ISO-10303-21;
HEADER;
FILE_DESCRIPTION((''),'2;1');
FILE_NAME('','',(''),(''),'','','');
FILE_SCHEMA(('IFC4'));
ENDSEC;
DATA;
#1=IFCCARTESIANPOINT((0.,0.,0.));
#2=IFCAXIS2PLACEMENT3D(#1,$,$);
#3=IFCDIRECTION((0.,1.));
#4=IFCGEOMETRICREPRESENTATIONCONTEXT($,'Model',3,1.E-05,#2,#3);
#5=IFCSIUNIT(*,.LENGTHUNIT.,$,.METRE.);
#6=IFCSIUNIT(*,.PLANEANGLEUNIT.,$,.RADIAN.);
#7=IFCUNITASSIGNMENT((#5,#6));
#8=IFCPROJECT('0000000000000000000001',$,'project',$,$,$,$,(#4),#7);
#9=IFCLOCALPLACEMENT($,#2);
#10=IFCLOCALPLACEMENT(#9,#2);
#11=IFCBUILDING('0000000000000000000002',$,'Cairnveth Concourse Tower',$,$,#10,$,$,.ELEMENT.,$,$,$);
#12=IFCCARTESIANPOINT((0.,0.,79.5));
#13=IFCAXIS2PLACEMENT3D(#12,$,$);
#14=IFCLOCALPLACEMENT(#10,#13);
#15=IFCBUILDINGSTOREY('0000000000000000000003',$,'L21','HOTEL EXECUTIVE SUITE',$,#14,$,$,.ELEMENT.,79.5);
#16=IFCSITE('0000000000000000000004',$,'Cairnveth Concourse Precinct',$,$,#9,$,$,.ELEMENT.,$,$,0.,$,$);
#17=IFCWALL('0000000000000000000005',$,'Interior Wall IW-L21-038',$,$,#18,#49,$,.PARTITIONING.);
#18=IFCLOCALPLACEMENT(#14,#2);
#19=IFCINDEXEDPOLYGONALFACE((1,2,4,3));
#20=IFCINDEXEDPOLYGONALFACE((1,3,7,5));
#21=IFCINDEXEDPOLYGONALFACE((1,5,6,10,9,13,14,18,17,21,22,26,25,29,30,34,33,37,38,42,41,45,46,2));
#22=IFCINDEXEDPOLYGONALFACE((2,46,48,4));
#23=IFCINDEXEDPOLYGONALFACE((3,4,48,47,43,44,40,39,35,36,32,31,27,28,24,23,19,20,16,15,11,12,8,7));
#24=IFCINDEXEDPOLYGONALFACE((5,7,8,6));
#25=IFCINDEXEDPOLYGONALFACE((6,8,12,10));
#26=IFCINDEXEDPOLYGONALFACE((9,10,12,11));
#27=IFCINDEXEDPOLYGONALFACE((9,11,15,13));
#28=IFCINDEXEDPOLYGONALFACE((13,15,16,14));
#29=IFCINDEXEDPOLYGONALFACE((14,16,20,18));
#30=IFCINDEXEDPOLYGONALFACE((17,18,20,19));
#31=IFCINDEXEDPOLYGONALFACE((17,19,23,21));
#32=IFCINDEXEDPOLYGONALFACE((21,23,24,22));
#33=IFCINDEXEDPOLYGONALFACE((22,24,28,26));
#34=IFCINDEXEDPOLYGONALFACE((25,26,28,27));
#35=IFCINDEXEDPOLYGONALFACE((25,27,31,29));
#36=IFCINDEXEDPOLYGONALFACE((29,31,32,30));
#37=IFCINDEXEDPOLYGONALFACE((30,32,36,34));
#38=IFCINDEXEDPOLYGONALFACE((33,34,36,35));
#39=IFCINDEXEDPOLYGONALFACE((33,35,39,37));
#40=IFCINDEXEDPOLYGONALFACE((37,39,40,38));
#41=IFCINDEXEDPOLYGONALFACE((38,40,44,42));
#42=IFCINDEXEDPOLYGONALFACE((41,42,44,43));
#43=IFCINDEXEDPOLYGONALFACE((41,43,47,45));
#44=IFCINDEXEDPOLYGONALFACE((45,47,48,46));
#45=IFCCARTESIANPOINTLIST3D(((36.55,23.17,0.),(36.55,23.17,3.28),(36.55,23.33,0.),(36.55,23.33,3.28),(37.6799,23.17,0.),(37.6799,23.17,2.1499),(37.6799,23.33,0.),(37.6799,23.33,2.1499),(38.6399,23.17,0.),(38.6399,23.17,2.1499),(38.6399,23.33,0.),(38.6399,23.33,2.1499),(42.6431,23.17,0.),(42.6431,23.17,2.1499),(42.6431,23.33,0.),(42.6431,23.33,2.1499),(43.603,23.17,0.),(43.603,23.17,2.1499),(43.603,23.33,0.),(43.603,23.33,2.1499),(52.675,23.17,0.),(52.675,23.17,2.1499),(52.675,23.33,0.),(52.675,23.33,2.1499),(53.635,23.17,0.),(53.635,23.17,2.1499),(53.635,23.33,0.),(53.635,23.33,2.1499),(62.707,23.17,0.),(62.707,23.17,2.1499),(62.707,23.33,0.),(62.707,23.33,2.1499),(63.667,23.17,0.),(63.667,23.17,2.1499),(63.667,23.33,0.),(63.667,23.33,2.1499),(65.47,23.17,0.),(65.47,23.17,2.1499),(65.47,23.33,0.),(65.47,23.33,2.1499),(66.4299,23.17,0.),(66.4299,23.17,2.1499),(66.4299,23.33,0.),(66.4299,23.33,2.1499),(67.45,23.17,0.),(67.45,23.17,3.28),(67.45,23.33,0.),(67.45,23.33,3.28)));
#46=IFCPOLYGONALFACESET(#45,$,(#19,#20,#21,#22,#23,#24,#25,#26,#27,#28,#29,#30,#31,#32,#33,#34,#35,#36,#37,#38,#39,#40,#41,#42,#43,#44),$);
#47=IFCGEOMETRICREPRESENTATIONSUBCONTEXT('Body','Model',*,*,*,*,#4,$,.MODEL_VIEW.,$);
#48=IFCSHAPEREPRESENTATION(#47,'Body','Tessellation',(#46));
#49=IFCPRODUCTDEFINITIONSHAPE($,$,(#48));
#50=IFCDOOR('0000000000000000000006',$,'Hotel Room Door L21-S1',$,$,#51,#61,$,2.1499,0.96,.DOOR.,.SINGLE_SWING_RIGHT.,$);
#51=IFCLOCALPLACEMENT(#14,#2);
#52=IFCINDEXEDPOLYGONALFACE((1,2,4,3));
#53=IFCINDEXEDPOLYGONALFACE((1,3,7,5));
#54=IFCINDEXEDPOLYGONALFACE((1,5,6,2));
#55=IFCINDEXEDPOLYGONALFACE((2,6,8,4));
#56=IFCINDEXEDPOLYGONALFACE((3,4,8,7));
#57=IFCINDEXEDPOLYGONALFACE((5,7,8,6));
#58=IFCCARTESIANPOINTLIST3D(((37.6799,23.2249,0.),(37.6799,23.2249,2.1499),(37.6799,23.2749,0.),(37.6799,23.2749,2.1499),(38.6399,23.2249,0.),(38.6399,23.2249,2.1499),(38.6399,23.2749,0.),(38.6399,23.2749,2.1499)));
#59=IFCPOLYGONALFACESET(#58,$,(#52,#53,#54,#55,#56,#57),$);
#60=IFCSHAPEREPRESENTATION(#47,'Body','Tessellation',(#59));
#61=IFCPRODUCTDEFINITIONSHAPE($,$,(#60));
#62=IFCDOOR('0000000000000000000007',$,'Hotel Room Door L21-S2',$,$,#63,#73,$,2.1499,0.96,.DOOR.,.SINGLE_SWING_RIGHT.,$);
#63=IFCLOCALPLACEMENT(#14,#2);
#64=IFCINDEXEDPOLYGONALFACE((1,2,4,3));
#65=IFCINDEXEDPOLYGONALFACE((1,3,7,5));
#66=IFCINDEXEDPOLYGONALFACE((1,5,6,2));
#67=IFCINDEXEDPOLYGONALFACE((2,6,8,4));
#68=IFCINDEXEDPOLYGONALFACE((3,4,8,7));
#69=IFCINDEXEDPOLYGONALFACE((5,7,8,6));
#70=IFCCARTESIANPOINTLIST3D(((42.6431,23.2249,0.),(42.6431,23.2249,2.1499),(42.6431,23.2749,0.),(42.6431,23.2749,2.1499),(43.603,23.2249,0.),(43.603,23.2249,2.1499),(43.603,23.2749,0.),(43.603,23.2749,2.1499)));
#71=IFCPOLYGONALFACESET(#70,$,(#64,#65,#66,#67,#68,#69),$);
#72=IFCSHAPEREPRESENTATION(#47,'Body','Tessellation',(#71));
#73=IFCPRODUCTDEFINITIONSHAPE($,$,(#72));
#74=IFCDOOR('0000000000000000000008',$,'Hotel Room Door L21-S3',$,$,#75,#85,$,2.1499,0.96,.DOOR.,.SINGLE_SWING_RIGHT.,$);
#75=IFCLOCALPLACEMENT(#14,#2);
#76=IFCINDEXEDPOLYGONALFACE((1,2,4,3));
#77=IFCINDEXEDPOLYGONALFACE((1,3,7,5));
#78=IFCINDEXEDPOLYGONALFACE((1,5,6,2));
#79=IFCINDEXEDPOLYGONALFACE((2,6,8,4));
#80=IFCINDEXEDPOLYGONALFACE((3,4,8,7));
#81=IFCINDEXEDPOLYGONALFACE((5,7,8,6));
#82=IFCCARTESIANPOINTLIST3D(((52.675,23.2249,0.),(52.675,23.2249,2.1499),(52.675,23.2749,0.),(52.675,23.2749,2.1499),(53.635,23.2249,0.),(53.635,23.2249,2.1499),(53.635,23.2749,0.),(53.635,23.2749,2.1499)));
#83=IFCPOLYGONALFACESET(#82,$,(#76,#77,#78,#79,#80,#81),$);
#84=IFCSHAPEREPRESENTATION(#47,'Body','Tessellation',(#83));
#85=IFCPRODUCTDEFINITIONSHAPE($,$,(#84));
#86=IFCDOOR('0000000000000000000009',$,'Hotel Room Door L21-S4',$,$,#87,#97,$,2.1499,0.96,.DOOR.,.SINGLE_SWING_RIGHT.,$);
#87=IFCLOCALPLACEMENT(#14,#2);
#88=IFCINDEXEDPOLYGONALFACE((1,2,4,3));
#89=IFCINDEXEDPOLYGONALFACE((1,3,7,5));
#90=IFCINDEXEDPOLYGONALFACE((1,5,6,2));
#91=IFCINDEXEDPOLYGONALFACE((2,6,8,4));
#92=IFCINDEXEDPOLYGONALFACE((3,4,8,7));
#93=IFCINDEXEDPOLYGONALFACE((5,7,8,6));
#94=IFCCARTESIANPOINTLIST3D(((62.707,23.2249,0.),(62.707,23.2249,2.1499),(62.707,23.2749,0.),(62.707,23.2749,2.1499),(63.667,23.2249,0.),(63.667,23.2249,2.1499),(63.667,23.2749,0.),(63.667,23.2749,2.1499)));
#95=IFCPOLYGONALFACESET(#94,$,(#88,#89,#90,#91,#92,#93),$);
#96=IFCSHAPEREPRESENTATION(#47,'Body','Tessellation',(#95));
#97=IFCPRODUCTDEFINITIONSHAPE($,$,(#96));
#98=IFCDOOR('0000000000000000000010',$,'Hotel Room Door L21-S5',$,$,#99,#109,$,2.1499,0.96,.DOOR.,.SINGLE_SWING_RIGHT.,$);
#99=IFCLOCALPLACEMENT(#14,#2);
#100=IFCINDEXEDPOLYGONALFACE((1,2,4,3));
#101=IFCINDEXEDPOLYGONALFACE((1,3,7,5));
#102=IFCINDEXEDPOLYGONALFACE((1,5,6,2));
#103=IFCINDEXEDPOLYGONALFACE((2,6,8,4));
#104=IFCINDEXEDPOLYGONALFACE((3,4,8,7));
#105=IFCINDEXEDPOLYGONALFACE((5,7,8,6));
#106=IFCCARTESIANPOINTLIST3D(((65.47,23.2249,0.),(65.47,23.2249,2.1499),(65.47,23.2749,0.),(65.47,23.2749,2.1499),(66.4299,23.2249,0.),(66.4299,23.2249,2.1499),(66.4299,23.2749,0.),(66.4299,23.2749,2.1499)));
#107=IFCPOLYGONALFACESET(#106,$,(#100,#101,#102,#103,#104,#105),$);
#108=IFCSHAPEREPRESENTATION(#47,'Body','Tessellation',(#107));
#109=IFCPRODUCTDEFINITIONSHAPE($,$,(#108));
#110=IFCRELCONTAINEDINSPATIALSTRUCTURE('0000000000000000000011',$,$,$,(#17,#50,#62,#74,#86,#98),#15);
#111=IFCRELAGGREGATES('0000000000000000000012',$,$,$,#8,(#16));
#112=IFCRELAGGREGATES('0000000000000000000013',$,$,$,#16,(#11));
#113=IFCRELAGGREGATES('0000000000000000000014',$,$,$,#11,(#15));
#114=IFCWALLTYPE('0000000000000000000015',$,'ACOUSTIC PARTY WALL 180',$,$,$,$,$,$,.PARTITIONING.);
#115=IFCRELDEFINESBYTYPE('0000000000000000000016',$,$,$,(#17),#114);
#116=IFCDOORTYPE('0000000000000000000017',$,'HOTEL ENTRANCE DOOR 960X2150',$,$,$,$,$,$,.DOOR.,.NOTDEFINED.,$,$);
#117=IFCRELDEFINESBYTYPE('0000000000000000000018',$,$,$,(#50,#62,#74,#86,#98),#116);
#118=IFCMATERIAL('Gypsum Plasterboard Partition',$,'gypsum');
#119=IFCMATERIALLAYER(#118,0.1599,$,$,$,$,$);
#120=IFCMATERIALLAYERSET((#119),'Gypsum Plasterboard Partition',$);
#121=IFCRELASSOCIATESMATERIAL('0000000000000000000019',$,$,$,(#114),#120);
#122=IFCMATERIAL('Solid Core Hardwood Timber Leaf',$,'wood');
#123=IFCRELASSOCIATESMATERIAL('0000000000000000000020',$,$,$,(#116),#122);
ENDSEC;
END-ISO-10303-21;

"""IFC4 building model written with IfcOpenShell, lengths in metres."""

from ifc_helpers import new_model, si_unit, direction, frame, frame_2d, origin, place, context, subcontext, project, spatial, rectangle, extrude, material, layer, layer_set, type_object, element, fill, save


model = new_model("IFC4")

# Units and contexts
model_context = context("Model", 3, precision=1e-05, world=origin(), true_north=direction((0.0, 1.0)))
body_context = subcontext(model_context, "Body", "Model", "MODEL_VIEW")
ifc_project = project(units=[si_unit("LENGTHUNIT", "METRE"), si_unit("PLANEANGLEUNIT", "RADIAN")], contexts=[model_context])

# Site, building, storey
site_placement = place(None, origin())
site = spatial("IfcSite", under=ifc_project, at=site_placement, Name="Cairnveth Concourse Precinct", CompositionType="ELEMENT", RefElevation=0.0)
building_placement = place(site_placement, origin())
building = spatial("IfcBuilding", under=site, at=building_placement, Name="Cairnveth Concourse Tower", CompositionType="ELEMENT")
storey_placement = place(building_placement, frame((0.0, 0.0, 79.5)))
storey = spatial("IfcBuildingStorey", under=building, at=storey_placement, Name="L21", Description="HOTEL EXECUTIVE SUITE", CompositionType="ELEMENT", Elevation=79.5)

# Wall, openings, doors
ifc_material_1 = material(Name="Gypsum Plasterboard Partition", Category="gypsum")
ifc_layer_1 = layer(ifc_material_1, 0.1599)
ifc_layer_set_1 = layer_set([ifc_layer_1], Name="Gypsum Plasterboard Partition")
wall_type_1 = type_object("IfcWallType", Name="ACOUSTIC PARTY WALL 180", PredefinedType="PARTITIONING", material=ifc_layer_set_1)
wall_1_placement = place(storey_placement, frame((36.55, 23.25, 0.0), z_axis=(0.0, 0.0, 1.0), x_axis=(1.0, 0.0, 0.0)))
wall_1 = element("IfcWall", 1, at=wall_1_placement, inside=storey, type_object=wall_type_1, Name="Interior Wall IW-L21-038", PredefinedType="PARTITIONING", context=body_context, shape_type="SweptSolid", body=[
    extrude(rectangle(XDim=30.8999, YDim=0.1599, at=frame_2d((15.45, 0.0))), origin(), (0.0, 0.0, 1.0), 3.28),
])
opening_1_placement = place(wall_1_placement, frame((1.1299, 0.0, 0.0)))
opening_1 = element("IfcOpeningElement", 2, at=opening_1_placement, cuts=wall_1, PredefinedType="OPENING", context=body_context, shape_type="SweptSolid", body=[
    extrude(rectangle(XDim=0.96, YDim=2.1499, at=frame_2d((0.48, 1.075))), frame((0.0, 0.0898, 0.0), z_axis=(0.0, -1.0, 0.0), x_axis=(1.0, 0.0, 0.0)), (0.0, 0.0, 1.0), 0.1799),
])
opening_2_placement = place(wall_1_placement, frame((6.093, 0.0, 0.0)))
opening_2 = element("IfcOpeningElement", 3, at=opening_2_placement, cuts=wall_1, PredefinedType="OPENING", context=body_context, shape_type="SweptSolid", body=[
    extrude(rectangle(XDim=0.96, YDim=2.1499, at=frame_2d((0.48, 1.075))), frame((0.0, 0.0898, 0.0), z_axis=(0.0, -1.0, 0.0), x_axis=(1.0, 0.0, 0.0)), (0.0, 0.0, 1.0), 0.1799),
])
opening_3_placement = place(wall_1_placement, frame((16.125, 0.0, 0.0)))
opening_3 = element("IfcOpeningElement", 4, at=opening_3_placement, cuts=wall_1, PredefinedType="OPENING", context=body_context, shape_type="SweptSolid", body=[
    extrude(rectangle(XDim=0.96, YDim=2.1499, at=frame_2d((0.48, 1.075))), frame((0.0, 0.0898, 0.0), z_axis=(0.0, -1.0, 0.0), x_axis=(1.0, 0.0, 0.0)), (0.0, 0.0, 1.0), 0.1799),
])
opening_4_placement = place(wall_1_placement, frame((26.157, 0.0, 0.0)))
opening_4 = element("IfcOpeningElement", 5, at=opening_4_placement, cuts=wall_1, PredefinedType="OPENING", context=body_context, shape_type="SweptSolid", body=[
    extrude(rectangle(XDim=0.96, YDim=2.1499, at=frame_2d((0.48, 1.075))), frame((0.0, 0.0898, 0.0), z_axis=(0.0, -1.0, 0.0), x_axis=(1.0, 0.0, 0.0)), (0.0, 0.0, 1.0), 0.1799),
])
opening_5_placement = place(wall_1_placement, frame((28.9199, 0.0, 0.0)))
opening_5 = element("IfcOpeningElement", 6, at=opening_5_placement, cuts=wall_1, PredefinedType="OPENING", context=body_context, shape_type="SweptSolid", body=[
    extrude(rectangle(XDim=0.96, YDim=2.1499, at=frame_2d((0.48, 1.075))), frame((0.0, 0.0898, 0.0), z_axis=(0.0, -1.0, 0.0), x_axis=(1.0, 0.0, 0.0)), (0.0, 0.0, 1.0), 0.1799),
])
ifc_material_2 = material(Name="Solid Core Hardwood Timber Leaf", Category="wood")
door_type_1 = type_object("IfcDoorType", Name="HOTEL ENTRANCE DOOR 960X2150", OperationType="NOTDEFINED", PredefinedType="DOOR", material=ifc_material_2)
door_1_placement = place(opening_1_placement, origin())
door_1 = element("IfcDoor", 7, at=door_1_placement, inside=storey, type_object=door_type_1, Name="Hotel Room Door L21-S1", OperationType="SINGLE_SWING_RIGHT", OverallHeight=2.1499, OverallWidth=0.96, PredefinedType="DOOR", context=body_context, shape_type="SweptSolid", body=[
    extrude(rectangle(XDim=0.96, YDim=2.1499, at=frame_2d((0.48, 1.075))), frame((0.0, 0.0249, 0.0), z_axis=(0.0, -1.0, 0.0), x_axis=(1.0, 0.0, 0.0)), (0.0, 0.0, 1.0), 0.05),
])
fill(opening_1, door_1)
door_2_placement = place(opening_2_placement, origin())
door_2 = element("IfcDoor", 8, at=door_2_placement, inside=storey, type_object=door_type_1, Name="Hotel Room Door L21-S2", OperationType="SINGLE_SWING_RIGHT", OverallHeight=2.1499, OverallWidth=0.96, PredefinedType="DOOR", context=body_context, shape_type="SweptSolid", body=[
    extrude(rectangle(XDim=0.96, YDim=2.1499, at=frame_2d((0.48, 1.075))), frame((0.0, 0.0249, 0.0), z_axis=(0.0, -1.0, 0.0), x_axis=(1.0, 0.0, 0.0)), (0.0, 0.0, 1.0), 0.05),
])
fill(opening_2, door_2)
door_3_placement = place(opening_3_placement, origin())
door_3 = element("IfcDoor", 9, at=door_3_placement, inside=storey, type_object=door_type_1, Name="Hotel Room Door L21-S3", OperationType="SINGLE_SWING_RIGHT", OverallHeight=2.1499, OverallWidth=0.96, PredefinedType="DOOR", context=body_context, shape_type="SweptSolid", body=[
    extrude(rectangle(XDim=0.96, YDim=2.1499, at=frame_2d((0.48, 1.075))), frame((0.0, 0.0249, 0.0), z_axis=(0.0, -1.0, 0.0), x_axis=(1.0, 0.0, 0.0)), (0.0, 0.0, 1.0), 0.05),
])
fill(opening_3, door_3)
door_4_placement = place(opening_4_placement, origin())
door_4 = element("IfcDoor", 10, at=door_4_placement, inside=storey, type_object=door_type_1, Name="Hotel Room Door L21-S4", OperationType="SINGLE_SWING_RIGHT", OverallHeight=2.1499, OverallWidth=0.96, PredefinedType="DOOR", context=body_context, shape_type="SweptSolid", body=[
    extrude(rectangle(XDim=0.96, YDim=2.1499, at=frame_2d((0.48, 1.075))), frame((0.0, 0.0249, 0.0), z_axis=(0.0, -1.0, 0.0), x_axis=(1.0, 0.0, 0.0)), (0.0, 0.0, 1.0), 0.05),
])
fill(opening_4, door_4)
door_5_placement = place(opening_5_placement, origin())
door_5 = element("IfcDoor", 11, at=door_5_placement, inside=storey, type_object=door_type_1, Name="Hotel Room Door L21-S5", OperationType="SINGLE_SWING_RIGHT", OverallHeight=2.1499, OverallWidth=0.96, PredefinedType="DOOR", context=body_context, shape_type="SweptSolid", body=[
    extrude(rectangle(XDim=0.96, YDim=2.1499, at=frame_2d((0.48, 1.075))), frame((0.0, 0.0249, 0.0), z_axis=(0.0, -1.0, 0.0), x_axis=(1.0, 0.0, 0.0)), (0.0, 0.0, 1.0), 0.05),
])
fill(opening_5, door_5)

save(model, "model.ifc")
